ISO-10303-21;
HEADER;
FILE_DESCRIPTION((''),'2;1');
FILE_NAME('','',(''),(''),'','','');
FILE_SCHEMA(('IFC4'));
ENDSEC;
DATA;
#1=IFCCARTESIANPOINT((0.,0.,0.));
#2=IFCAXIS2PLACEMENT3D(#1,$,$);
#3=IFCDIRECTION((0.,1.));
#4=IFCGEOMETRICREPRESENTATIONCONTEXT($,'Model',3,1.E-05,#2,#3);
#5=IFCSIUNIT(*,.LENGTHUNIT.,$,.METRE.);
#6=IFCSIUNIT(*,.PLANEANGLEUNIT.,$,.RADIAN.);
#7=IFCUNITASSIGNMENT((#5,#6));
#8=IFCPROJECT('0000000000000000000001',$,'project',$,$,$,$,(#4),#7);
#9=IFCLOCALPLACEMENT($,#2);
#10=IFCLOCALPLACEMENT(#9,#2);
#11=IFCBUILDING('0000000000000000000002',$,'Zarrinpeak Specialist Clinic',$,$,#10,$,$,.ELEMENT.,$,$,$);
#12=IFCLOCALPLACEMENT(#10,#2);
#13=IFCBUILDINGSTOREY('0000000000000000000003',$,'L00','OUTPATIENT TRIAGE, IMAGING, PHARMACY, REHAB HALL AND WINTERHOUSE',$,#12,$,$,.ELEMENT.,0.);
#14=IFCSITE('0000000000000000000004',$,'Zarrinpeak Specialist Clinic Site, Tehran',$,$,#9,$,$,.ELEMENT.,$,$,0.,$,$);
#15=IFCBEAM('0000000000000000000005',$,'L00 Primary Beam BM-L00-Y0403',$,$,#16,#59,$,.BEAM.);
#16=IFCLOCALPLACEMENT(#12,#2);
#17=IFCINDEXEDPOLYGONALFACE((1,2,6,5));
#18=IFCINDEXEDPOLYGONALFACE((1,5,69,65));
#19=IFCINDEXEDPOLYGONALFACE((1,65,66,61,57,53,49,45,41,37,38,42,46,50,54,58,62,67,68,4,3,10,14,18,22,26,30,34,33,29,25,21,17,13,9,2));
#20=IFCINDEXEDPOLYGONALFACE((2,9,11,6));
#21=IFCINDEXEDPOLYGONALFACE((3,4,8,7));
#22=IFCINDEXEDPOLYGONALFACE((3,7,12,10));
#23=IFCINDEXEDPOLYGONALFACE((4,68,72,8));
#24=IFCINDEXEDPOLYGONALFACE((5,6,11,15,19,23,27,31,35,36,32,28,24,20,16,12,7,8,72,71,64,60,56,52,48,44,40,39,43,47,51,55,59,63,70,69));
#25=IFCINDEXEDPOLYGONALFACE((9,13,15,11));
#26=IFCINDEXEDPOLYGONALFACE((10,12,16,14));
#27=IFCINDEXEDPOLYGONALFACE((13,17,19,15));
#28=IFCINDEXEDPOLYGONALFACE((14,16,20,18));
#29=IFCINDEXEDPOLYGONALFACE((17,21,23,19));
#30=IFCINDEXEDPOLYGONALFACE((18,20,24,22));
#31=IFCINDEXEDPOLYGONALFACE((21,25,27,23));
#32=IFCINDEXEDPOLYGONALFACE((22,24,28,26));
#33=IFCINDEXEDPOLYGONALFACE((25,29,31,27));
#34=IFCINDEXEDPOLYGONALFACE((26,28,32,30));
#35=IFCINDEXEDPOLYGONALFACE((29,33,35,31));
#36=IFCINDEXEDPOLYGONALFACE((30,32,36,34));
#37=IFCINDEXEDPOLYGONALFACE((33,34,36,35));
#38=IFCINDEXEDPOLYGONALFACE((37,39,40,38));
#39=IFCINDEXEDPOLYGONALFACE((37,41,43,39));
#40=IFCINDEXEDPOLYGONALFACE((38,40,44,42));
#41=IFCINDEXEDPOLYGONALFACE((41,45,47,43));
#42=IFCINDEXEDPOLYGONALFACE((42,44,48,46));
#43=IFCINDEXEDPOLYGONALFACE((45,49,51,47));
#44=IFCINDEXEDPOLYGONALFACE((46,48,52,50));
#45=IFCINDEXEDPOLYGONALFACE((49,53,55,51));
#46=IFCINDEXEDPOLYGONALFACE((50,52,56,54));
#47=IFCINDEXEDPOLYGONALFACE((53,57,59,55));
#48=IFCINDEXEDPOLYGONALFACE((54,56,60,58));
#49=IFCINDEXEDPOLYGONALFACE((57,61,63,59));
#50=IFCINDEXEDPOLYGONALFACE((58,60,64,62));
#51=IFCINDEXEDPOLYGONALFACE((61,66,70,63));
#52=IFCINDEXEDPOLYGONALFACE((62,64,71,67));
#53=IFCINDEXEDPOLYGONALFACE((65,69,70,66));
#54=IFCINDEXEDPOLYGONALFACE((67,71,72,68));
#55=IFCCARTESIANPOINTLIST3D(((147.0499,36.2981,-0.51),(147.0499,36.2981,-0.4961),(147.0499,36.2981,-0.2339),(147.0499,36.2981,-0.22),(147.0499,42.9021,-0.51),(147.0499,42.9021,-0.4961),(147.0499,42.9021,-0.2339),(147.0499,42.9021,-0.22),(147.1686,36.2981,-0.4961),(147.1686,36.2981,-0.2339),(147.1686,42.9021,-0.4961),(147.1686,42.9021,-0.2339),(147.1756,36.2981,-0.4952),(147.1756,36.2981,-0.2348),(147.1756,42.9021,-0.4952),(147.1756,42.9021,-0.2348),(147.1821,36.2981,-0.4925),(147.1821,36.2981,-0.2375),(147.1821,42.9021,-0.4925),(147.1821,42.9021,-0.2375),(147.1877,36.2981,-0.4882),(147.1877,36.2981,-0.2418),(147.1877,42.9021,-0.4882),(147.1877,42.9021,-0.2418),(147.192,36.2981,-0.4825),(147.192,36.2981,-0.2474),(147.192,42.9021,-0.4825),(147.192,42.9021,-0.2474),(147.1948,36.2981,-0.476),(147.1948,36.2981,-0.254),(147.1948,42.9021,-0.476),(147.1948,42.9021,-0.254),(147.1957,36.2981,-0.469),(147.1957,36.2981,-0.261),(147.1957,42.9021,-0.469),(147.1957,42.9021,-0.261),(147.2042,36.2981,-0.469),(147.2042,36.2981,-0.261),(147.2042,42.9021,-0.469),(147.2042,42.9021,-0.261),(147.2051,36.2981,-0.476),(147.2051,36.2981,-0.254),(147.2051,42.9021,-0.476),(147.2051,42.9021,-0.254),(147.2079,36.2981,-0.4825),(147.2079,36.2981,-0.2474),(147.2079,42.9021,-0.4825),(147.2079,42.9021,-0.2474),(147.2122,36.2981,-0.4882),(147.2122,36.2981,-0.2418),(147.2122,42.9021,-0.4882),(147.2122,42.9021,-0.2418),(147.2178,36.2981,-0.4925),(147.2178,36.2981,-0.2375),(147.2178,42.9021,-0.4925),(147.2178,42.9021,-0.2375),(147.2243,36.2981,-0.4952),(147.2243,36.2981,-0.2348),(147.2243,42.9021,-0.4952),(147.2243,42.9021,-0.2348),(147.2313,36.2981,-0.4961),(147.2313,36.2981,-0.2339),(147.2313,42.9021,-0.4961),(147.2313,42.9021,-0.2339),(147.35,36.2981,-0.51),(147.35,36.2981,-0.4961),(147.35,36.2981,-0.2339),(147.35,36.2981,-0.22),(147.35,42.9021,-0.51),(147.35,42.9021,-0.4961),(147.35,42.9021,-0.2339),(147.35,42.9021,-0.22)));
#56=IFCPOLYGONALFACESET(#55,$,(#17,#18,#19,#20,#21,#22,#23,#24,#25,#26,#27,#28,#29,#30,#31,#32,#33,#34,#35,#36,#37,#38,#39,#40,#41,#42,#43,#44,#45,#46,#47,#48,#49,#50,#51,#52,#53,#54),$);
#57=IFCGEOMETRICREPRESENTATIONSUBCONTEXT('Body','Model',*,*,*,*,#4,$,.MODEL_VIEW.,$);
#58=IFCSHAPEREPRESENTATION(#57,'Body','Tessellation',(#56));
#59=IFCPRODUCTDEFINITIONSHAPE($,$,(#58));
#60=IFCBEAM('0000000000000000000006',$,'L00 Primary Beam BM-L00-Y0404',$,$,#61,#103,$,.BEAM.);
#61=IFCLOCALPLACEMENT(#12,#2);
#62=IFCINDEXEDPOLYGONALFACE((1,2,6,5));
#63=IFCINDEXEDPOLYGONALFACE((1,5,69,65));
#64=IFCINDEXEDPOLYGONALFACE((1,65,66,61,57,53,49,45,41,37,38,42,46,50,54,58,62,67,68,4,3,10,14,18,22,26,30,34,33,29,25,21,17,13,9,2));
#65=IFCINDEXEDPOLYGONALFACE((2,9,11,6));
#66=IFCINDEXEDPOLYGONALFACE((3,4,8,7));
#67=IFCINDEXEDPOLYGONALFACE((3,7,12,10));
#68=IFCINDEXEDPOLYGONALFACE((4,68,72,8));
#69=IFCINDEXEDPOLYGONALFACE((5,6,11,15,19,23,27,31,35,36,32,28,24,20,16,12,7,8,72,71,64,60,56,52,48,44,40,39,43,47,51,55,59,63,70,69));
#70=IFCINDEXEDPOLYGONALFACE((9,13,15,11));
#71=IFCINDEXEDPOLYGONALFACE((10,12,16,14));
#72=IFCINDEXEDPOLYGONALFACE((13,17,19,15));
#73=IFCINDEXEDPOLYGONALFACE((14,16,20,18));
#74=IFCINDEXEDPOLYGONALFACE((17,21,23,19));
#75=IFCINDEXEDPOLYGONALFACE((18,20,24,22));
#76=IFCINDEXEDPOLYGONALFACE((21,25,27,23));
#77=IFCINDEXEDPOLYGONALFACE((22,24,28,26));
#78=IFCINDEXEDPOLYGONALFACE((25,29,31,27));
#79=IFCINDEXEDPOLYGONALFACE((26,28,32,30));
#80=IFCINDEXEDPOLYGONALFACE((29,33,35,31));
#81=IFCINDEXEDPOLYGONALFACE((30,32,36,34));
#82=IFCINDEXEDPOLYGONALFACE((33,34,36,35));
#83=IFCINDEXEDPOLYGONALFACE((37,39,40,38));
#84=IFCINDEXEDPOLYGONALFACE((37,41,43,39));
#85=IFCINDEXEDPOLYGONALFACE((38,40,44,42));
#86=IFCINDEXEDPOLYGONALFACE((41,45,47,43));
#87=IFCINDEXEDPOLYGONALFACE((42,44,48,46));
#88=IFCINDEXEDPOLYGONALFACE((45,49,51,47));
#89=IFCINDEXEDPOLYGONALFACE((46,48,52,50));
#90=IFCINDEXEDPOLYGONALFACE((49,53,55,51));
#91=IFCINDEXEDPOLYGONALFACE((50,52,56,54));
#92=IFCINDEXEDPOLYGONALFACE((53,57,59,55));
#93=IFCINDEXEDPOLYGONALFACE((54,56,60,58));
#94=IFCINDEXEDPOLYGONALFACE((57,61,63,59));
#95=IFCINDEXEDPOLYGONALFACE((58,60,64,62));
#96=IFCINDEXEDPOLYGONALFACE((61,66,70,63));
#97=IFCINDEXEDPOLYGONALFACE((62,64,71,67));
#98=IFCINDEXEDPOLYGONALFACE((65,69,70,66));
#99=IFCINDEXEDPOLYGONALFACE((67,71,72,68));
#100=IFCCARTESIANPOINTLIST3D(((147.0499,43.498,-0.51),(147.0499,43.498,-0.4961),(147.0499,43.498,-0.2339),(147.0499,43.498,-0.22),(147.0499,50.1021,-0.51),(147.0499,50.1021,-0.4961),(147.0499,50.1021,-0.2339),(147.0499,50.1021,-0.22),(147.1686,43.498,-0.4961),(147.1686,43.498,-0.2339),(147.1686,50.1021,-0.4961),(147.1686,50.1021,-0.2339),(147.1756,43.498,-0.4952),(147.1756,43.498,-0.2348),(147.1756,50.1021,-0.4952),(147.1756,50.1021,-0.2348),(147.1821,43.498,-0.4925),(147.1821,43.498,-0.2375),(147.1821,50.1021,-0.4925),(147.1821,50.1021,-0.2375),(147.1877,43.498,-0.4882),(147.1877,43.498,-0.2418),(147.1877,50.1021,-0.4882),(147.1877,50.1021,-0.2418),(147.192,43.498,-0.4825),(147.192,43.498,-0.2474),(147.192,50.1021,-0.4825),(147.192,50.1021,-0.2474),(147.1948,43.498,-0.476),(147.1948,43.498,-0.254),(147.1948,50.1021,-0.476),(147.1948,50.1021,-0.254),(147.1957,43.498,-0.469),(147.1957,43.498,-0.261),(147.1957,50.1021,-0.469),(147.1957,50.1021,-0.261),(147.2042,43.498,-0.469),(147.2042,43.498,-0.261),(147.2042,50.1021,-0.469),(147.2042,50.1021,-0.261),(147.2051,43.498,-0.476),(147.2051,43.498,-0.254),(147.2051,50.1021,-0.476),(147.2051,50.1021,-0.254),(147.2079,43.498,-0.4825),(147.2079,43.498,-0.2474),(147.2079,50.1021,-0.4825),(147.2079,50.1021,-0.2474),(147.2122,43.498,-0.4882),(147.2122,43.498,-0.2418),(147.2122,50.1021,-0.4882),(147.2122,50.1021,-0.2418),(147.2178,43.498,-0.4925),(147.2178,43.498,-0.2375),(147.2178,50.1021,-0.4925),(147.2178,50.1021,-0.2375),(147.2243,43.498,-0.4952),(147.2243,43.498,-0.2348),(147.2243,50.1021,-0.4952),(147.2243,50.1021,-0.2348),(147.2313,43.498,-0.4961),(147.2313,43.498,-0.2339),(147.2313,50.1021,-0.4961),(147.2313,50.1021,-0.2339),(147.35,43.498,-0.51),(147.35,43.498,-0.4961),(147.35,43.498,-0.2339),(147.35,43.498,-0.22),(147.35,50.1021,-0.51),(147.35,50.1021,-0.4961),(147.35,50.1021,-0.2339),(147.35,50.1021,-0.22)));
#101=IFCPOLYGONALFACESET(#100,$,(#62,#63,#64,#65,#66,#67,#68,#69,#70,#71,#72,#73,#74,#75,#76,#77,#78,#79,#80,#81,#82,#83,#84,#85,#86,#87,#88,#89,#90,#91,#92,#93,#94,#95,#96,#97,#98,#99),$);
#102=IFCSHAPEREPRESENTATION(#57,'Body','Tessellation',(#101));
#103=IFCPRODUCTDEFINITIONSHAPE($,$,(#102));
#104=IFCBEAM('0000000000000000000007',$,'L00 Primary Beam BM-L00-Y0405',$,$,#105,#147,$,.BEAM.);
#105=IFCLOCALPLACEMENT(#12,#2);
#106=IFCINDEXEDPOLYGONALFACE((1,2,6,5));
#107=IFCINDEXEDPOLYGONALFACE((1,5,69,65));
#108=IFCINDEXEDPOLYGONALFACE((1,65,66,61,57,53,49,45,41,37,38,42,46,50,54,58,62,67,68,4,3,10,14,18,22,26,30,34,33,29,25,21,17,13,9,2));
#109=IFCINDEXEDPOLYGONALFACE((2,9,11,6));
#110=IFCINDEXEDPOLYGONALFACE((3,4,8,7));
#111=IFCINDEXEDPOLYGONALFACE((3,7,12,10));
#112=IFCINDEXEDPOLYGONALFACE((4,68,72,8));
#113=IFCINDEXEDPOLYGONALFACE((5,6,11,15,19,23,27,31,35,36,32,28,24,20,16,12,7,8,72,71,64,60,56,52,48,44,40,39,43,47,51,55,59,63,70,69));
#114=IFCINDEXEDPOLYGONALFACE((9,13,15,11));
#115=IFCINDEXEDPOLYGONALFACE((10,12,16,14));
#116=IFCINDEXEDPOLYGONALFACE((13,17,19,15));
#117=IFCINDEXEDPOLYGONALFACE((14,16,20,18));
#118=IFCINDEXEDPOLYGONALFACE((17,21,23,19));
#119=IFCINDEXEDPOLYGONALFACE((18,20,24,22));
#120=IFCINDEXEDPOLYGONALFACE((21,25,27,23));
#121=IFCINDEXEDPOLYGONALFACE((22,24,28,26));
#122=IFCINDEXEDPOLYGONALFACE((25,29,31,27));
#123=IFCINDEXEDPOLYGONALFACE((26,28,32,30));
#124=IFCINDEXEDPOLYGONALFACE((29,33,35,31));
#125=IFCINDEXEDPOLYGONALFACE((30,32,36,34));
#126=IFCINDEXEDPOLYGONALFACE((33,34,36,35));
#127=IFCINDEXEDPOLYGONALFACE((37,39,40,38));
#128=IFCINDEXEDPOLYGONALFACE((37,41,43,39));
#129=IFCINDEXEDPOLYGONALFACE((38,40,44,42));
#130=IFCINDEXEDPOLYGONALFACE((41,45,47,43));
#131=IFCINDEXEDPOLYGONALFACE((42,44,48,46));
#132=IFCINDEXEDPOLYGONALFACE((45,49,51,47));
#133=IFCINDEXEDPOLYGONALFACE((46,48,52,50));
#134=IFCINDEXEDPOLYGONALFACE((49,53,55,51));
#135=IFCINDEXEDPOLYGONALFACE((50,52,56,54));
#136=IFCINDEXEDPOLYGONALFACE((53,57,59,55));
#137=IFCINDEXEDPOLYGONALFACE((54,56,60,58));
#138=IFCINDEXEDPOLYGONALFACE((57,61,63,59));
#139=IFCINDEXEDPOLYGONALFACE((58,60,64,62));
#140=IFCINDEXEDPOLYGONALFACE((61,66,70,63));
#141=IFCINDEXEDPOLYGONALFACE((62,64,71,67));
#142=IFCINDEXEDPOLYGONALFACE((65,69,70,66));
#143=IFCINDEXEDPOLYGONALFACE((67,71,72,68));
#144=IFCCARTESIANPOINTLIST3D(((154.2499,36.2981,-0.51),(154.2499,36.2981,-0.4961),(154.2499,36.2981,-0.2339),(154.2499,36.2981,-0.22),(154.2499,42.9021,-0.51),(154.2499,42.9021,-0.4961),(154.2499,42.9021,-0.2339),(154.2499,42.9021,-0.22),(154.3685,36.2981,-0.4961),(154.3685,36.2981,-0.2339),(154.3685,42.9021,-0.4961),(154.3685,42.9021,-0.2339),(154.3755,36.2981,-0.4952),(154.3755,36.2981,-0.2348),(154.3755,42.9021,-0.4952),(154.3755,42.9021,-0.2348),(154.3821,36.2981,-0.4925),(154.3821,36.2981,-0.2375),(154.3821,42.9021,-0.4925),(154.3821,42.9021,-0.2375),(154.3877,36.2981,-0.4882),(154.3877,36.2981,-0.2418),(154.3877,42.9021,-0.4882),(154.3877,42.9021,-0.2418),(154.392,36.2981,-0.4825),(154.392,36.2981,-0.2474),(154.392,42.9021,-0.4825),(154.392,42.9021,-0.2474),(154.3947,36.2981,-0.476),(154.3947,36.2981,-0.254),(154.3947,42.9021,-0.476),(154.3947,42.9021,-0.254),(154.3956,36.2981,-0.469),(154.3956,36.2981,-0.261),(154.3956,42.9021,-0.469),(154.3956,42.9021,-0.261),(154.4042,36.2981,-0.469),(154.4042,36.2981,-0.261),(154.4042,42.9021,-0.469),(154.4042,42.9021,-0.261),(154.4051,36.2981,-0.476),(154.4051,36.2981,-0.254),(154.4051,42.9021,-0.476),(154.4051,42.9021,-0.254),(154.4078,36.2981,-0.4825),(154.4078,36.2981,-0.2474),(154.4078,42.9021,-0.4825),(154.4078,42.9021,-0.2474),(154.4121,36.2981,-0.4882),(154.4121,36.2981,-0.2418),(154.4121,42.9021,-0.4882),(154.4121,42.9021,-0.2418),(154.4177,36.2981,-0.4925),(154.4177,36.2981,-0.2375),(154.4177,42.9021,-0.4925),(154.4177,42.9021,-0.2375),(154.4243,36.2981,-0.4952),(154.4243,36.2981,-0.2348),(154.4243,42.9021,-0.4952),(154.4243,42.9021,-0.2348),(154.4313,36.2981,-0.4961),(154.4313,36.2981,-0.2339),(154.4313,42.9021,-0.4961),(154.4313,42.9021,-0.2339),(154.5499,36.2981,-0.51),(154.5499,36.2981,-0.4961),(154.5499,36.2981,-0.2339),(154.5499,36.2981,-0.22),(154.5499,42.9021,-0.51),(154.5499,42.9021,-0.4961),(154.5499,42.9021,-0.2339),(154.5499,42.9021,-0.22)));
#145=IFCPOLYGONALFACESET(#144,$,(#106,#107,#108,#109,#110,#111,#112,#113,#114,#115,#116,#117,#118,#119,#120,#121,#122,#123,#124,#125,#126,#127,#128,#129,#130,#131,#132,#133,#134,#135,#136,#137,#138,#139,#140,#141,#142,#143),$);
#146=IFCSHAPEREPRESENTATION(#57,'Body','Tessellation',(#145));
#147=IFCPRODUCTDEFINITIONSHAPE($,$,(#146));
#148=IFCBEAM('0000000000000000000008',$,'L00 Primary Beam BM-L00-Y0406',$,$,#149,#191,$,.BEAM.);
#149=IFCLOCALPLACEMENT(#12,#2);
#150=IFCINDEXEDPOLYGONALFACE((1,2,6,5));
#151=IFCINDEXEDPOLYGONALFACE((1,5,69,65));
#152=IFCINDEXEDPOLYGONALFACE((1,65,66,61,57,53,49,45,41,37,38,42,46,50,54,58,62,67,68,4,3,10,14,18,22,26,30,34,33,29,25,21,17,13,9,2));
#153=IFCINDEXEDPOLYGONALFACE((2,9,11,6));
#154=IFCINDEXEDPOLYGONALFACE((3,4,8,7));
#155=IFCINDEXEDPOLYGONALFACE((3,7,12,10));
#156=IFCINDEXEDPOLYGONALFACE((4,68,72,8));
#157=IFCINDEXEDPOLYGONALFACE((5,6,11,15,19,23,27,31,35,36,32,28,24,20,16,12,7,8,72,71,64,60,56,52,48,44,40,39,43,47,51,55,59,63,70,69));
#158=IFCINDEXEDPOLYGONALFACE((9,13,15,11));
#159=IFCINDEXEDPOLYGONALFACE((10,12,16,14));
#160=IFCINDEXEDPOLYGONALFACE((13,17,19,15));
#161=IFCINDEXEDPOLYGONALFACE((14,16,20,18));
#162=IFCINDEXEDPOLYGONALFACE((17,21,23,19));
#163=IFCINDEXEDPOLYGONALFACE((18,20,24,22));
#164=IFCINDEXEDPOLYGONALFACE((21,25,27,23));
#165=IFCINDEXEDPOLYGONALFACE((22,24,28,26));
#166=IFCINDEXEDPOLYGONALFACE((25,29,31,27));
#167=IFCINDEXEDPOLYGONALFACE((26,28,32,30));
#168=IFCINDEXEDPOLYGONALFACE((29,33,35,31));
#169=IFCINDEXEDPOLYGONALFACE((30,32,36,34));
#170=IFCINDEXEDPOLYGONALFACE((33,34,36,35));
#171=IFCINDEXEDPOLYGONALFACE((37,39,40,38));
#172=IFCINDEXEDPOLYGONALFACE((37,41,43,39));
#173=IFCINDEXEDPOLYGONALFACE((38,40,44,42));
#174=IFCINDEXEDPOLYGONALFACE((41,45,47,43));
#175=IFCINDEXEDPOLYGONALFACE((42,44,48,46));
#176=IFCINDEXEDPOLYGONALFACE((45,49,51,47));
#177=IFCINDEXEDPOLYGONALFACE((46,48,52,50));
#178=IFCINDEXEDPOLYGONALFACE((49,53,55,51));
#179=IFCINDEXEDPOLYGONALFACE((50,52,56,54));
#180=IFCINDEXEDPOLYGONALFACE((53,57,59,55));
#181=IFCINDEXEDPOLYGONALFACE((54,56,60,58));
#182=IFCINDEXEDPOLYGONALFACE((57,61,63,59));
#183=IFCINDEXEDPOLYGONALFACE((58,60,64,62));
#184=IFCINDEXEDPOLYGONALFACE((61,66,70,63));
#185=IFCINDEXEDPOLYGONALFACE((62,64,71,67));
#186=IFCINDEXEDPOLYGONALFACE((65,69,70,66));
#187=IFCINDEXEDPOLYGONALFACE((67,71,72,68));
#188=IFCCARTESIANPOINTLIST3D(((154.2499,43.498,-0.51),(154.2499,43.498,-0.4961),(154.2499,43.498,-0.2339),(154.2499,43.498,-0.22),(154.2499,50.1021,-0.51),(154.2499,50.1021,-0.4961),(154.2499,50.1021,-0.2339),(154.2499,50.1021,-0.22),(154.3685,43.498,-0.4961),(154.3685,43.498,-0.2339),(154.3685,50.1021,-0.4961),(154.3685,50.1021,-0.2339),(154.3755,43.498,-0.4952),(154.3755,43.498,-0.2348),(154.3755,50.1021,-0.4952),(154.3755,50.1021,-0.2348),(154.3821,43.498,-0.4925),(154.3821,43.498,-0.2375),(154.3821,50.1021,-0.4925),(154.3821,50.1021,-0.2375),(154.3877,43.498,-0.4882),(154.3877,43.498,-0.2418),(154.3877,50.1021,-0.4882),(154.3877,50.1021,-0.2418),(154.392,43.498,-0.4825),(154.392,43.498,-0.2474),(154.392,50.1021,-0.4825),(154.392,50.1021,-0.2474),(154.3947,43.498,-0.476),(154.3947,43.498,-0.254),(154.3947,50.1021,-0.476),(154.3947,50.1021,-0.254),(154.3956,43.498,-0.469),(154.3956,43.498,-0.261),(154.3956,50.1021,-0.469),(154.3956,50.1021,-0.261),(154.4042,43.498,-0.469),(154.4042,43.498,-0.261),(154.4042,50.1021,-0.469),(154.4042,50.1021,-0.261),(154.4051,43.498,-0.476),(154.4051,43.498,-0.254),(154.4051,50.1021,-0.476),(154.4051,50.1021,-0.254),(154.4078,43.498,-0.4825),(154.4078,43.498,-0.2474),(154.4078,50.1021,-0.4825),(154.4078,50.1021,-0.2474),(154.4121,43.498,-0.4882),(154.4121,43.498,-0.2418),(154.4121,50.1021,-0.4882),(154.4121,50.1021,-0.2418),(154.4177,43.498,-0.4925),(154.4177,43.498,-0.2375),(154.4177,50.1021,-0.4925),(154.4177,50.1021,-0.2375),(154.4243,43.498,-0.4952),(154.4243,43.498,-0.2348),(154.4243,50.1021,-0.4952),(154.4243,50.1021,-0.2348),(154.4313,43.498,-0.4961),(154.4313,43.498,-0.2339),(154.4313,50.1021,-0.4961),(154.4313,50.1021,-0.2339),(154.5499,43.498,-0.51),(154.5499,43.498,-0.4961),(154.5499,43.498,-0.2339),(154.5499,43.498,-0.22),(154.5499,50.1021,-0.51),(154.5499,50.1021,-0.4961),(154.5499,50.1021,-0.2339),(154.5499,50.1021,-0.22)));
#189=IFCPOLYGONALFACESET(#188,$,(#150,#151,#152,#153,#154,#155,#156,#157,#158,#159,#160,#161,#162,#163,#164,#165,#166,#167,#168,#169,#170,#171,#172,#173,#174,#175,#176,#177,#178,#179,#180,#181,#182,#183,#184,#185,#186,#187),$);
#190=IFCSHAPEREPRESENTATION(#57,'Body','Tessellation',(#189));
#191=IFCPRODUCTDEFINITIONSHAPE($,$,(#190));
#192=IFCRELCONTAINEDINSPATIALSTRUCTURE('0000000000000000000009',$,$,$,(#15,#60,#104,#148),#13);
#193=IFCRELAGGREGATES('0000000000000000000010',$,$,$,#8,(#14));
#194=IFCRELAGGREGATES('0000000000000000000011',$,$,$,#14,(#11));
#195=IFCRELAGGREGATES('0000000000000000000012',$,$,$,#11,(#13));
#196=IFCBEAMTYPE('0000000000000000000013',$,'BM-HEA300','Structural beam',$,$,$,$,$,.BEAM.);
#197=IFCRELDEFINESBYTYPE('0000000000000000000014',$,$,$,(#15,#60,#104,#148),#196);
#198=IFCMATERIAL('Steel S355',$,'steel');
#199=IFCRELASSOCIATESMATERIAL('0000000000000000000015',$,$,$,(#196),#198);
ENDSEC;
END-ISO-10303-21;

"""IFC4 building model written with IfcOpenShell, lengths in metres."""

from ifc_helpers import new_model, si_unit, direction, frame, origin, origin_2d, place, context, subcontext, project, spatial, i_section, extrude, material, material_profile, profile_set, type_object, element, save


model = new_model("IFC4")

# Units and contexts
model_context = context("Model", 3, precision=1e-05, world=origin(), true_north=direction((0.0, 1.0)))
body_context = subcontext(model_context, "Body", "Model", "MODEL_VIEW")
ifc_project = project(units=[si_unit("LENGTHUNIT", "METRE"), si_unit("PLANEANGLEUNIT", "RADIAN")], contexts=[model_context])

# Site, building, storey
site_placement = place(None, origin())
site = spatial("IfcSite", under=ifc_project, at=site_placement, Name="Zarrinpeak Specialist Clinic Site, Tehran", CompositionType="ELEMENT", RefElevation=0.0)
building_placement = place(site_placement, origin())
building = spatial("IfcBuilding", under=site, at=building_placement, Name="Zarrinpeak Specialist Clinic", CompositionType="ELEMENT")
storey_placement = place(building_placement, origin())
storey = spatial("IfcBuildingStorey", under=building, at=storey_placement, Name="L00", Description="OUTPATIENT TRIAGE, IMAGING, PHARMACY, REHAB HALL AND WINTERHOUSE", CompositionType="ELEMENT", Elevation=0.0)

# Beams
ifc_material = material(Name="Steel S355", Category="steel")
ifc_material_profile_1 = material_profile(ifc_material, i_section(OverallWidth=0.3, OverallDepth=0.29, WebThickness=0.0085, FlangeThickness=0.0139, FilletRadius=0.0271, at=origin_2d()), Name="HEA 300")
ifc_profile_set_1 = profile_set([ifc_material_profile_1], Name="Steel S355")
beam_type_1 = type_object("IfcBeamType", Name="BM-HEA300", Description="Structural beam", PredefinedType="BEAM", material=ifc_profile_set_1)
for number, where, z_axis, x_axis, name in (
    (1, (147.2, 36.2981, -0.365), (0.0, 1.0, 0.0), (-1.0, 0.0, 0.0), "L00 Primary Beam BM-L00-Y0403"),
    (2, (147.2, 43.498, -0.365), (0.0, 1.0, 0.0), (-1.0, 0.0, 0.0), "L00 Primary Beam BM-L00-Y0404"),
    (3, (154.3999, 36.2981, -0.365), (0.0, 1.0, 0.0), (-1.0, 0.0, 0.0), "L00 Primary Beam BM-L00-Y0405"),
    (4, (154.3999, 43.498, -0.365), (0.0, 1.0, 0.0), (-1.0, 0.0, 0.0), "L00 Primary Beam BM-L00-Y0406"),
):
    element("IfcBeam", number, at=place(storey_placement, frame(where, z_axis=z_axis, x_axis=x_axis)), inside=storey, type_object=beam_type_1, Name=name, PredefinedType="BEAM", context=body_context, shape_type="SweptSolid", body=[
        extrude(i_section(OverallWidth=0.3, OverallDepth=0.29, WebThickness=0.0085, FlangeThickness=0.0139, FilletRadius=0.0271, at=origin_2d()), origin(), (0.0, 0.0, 1.0), 6.604),
    ])

save(model, "model.ifc")
